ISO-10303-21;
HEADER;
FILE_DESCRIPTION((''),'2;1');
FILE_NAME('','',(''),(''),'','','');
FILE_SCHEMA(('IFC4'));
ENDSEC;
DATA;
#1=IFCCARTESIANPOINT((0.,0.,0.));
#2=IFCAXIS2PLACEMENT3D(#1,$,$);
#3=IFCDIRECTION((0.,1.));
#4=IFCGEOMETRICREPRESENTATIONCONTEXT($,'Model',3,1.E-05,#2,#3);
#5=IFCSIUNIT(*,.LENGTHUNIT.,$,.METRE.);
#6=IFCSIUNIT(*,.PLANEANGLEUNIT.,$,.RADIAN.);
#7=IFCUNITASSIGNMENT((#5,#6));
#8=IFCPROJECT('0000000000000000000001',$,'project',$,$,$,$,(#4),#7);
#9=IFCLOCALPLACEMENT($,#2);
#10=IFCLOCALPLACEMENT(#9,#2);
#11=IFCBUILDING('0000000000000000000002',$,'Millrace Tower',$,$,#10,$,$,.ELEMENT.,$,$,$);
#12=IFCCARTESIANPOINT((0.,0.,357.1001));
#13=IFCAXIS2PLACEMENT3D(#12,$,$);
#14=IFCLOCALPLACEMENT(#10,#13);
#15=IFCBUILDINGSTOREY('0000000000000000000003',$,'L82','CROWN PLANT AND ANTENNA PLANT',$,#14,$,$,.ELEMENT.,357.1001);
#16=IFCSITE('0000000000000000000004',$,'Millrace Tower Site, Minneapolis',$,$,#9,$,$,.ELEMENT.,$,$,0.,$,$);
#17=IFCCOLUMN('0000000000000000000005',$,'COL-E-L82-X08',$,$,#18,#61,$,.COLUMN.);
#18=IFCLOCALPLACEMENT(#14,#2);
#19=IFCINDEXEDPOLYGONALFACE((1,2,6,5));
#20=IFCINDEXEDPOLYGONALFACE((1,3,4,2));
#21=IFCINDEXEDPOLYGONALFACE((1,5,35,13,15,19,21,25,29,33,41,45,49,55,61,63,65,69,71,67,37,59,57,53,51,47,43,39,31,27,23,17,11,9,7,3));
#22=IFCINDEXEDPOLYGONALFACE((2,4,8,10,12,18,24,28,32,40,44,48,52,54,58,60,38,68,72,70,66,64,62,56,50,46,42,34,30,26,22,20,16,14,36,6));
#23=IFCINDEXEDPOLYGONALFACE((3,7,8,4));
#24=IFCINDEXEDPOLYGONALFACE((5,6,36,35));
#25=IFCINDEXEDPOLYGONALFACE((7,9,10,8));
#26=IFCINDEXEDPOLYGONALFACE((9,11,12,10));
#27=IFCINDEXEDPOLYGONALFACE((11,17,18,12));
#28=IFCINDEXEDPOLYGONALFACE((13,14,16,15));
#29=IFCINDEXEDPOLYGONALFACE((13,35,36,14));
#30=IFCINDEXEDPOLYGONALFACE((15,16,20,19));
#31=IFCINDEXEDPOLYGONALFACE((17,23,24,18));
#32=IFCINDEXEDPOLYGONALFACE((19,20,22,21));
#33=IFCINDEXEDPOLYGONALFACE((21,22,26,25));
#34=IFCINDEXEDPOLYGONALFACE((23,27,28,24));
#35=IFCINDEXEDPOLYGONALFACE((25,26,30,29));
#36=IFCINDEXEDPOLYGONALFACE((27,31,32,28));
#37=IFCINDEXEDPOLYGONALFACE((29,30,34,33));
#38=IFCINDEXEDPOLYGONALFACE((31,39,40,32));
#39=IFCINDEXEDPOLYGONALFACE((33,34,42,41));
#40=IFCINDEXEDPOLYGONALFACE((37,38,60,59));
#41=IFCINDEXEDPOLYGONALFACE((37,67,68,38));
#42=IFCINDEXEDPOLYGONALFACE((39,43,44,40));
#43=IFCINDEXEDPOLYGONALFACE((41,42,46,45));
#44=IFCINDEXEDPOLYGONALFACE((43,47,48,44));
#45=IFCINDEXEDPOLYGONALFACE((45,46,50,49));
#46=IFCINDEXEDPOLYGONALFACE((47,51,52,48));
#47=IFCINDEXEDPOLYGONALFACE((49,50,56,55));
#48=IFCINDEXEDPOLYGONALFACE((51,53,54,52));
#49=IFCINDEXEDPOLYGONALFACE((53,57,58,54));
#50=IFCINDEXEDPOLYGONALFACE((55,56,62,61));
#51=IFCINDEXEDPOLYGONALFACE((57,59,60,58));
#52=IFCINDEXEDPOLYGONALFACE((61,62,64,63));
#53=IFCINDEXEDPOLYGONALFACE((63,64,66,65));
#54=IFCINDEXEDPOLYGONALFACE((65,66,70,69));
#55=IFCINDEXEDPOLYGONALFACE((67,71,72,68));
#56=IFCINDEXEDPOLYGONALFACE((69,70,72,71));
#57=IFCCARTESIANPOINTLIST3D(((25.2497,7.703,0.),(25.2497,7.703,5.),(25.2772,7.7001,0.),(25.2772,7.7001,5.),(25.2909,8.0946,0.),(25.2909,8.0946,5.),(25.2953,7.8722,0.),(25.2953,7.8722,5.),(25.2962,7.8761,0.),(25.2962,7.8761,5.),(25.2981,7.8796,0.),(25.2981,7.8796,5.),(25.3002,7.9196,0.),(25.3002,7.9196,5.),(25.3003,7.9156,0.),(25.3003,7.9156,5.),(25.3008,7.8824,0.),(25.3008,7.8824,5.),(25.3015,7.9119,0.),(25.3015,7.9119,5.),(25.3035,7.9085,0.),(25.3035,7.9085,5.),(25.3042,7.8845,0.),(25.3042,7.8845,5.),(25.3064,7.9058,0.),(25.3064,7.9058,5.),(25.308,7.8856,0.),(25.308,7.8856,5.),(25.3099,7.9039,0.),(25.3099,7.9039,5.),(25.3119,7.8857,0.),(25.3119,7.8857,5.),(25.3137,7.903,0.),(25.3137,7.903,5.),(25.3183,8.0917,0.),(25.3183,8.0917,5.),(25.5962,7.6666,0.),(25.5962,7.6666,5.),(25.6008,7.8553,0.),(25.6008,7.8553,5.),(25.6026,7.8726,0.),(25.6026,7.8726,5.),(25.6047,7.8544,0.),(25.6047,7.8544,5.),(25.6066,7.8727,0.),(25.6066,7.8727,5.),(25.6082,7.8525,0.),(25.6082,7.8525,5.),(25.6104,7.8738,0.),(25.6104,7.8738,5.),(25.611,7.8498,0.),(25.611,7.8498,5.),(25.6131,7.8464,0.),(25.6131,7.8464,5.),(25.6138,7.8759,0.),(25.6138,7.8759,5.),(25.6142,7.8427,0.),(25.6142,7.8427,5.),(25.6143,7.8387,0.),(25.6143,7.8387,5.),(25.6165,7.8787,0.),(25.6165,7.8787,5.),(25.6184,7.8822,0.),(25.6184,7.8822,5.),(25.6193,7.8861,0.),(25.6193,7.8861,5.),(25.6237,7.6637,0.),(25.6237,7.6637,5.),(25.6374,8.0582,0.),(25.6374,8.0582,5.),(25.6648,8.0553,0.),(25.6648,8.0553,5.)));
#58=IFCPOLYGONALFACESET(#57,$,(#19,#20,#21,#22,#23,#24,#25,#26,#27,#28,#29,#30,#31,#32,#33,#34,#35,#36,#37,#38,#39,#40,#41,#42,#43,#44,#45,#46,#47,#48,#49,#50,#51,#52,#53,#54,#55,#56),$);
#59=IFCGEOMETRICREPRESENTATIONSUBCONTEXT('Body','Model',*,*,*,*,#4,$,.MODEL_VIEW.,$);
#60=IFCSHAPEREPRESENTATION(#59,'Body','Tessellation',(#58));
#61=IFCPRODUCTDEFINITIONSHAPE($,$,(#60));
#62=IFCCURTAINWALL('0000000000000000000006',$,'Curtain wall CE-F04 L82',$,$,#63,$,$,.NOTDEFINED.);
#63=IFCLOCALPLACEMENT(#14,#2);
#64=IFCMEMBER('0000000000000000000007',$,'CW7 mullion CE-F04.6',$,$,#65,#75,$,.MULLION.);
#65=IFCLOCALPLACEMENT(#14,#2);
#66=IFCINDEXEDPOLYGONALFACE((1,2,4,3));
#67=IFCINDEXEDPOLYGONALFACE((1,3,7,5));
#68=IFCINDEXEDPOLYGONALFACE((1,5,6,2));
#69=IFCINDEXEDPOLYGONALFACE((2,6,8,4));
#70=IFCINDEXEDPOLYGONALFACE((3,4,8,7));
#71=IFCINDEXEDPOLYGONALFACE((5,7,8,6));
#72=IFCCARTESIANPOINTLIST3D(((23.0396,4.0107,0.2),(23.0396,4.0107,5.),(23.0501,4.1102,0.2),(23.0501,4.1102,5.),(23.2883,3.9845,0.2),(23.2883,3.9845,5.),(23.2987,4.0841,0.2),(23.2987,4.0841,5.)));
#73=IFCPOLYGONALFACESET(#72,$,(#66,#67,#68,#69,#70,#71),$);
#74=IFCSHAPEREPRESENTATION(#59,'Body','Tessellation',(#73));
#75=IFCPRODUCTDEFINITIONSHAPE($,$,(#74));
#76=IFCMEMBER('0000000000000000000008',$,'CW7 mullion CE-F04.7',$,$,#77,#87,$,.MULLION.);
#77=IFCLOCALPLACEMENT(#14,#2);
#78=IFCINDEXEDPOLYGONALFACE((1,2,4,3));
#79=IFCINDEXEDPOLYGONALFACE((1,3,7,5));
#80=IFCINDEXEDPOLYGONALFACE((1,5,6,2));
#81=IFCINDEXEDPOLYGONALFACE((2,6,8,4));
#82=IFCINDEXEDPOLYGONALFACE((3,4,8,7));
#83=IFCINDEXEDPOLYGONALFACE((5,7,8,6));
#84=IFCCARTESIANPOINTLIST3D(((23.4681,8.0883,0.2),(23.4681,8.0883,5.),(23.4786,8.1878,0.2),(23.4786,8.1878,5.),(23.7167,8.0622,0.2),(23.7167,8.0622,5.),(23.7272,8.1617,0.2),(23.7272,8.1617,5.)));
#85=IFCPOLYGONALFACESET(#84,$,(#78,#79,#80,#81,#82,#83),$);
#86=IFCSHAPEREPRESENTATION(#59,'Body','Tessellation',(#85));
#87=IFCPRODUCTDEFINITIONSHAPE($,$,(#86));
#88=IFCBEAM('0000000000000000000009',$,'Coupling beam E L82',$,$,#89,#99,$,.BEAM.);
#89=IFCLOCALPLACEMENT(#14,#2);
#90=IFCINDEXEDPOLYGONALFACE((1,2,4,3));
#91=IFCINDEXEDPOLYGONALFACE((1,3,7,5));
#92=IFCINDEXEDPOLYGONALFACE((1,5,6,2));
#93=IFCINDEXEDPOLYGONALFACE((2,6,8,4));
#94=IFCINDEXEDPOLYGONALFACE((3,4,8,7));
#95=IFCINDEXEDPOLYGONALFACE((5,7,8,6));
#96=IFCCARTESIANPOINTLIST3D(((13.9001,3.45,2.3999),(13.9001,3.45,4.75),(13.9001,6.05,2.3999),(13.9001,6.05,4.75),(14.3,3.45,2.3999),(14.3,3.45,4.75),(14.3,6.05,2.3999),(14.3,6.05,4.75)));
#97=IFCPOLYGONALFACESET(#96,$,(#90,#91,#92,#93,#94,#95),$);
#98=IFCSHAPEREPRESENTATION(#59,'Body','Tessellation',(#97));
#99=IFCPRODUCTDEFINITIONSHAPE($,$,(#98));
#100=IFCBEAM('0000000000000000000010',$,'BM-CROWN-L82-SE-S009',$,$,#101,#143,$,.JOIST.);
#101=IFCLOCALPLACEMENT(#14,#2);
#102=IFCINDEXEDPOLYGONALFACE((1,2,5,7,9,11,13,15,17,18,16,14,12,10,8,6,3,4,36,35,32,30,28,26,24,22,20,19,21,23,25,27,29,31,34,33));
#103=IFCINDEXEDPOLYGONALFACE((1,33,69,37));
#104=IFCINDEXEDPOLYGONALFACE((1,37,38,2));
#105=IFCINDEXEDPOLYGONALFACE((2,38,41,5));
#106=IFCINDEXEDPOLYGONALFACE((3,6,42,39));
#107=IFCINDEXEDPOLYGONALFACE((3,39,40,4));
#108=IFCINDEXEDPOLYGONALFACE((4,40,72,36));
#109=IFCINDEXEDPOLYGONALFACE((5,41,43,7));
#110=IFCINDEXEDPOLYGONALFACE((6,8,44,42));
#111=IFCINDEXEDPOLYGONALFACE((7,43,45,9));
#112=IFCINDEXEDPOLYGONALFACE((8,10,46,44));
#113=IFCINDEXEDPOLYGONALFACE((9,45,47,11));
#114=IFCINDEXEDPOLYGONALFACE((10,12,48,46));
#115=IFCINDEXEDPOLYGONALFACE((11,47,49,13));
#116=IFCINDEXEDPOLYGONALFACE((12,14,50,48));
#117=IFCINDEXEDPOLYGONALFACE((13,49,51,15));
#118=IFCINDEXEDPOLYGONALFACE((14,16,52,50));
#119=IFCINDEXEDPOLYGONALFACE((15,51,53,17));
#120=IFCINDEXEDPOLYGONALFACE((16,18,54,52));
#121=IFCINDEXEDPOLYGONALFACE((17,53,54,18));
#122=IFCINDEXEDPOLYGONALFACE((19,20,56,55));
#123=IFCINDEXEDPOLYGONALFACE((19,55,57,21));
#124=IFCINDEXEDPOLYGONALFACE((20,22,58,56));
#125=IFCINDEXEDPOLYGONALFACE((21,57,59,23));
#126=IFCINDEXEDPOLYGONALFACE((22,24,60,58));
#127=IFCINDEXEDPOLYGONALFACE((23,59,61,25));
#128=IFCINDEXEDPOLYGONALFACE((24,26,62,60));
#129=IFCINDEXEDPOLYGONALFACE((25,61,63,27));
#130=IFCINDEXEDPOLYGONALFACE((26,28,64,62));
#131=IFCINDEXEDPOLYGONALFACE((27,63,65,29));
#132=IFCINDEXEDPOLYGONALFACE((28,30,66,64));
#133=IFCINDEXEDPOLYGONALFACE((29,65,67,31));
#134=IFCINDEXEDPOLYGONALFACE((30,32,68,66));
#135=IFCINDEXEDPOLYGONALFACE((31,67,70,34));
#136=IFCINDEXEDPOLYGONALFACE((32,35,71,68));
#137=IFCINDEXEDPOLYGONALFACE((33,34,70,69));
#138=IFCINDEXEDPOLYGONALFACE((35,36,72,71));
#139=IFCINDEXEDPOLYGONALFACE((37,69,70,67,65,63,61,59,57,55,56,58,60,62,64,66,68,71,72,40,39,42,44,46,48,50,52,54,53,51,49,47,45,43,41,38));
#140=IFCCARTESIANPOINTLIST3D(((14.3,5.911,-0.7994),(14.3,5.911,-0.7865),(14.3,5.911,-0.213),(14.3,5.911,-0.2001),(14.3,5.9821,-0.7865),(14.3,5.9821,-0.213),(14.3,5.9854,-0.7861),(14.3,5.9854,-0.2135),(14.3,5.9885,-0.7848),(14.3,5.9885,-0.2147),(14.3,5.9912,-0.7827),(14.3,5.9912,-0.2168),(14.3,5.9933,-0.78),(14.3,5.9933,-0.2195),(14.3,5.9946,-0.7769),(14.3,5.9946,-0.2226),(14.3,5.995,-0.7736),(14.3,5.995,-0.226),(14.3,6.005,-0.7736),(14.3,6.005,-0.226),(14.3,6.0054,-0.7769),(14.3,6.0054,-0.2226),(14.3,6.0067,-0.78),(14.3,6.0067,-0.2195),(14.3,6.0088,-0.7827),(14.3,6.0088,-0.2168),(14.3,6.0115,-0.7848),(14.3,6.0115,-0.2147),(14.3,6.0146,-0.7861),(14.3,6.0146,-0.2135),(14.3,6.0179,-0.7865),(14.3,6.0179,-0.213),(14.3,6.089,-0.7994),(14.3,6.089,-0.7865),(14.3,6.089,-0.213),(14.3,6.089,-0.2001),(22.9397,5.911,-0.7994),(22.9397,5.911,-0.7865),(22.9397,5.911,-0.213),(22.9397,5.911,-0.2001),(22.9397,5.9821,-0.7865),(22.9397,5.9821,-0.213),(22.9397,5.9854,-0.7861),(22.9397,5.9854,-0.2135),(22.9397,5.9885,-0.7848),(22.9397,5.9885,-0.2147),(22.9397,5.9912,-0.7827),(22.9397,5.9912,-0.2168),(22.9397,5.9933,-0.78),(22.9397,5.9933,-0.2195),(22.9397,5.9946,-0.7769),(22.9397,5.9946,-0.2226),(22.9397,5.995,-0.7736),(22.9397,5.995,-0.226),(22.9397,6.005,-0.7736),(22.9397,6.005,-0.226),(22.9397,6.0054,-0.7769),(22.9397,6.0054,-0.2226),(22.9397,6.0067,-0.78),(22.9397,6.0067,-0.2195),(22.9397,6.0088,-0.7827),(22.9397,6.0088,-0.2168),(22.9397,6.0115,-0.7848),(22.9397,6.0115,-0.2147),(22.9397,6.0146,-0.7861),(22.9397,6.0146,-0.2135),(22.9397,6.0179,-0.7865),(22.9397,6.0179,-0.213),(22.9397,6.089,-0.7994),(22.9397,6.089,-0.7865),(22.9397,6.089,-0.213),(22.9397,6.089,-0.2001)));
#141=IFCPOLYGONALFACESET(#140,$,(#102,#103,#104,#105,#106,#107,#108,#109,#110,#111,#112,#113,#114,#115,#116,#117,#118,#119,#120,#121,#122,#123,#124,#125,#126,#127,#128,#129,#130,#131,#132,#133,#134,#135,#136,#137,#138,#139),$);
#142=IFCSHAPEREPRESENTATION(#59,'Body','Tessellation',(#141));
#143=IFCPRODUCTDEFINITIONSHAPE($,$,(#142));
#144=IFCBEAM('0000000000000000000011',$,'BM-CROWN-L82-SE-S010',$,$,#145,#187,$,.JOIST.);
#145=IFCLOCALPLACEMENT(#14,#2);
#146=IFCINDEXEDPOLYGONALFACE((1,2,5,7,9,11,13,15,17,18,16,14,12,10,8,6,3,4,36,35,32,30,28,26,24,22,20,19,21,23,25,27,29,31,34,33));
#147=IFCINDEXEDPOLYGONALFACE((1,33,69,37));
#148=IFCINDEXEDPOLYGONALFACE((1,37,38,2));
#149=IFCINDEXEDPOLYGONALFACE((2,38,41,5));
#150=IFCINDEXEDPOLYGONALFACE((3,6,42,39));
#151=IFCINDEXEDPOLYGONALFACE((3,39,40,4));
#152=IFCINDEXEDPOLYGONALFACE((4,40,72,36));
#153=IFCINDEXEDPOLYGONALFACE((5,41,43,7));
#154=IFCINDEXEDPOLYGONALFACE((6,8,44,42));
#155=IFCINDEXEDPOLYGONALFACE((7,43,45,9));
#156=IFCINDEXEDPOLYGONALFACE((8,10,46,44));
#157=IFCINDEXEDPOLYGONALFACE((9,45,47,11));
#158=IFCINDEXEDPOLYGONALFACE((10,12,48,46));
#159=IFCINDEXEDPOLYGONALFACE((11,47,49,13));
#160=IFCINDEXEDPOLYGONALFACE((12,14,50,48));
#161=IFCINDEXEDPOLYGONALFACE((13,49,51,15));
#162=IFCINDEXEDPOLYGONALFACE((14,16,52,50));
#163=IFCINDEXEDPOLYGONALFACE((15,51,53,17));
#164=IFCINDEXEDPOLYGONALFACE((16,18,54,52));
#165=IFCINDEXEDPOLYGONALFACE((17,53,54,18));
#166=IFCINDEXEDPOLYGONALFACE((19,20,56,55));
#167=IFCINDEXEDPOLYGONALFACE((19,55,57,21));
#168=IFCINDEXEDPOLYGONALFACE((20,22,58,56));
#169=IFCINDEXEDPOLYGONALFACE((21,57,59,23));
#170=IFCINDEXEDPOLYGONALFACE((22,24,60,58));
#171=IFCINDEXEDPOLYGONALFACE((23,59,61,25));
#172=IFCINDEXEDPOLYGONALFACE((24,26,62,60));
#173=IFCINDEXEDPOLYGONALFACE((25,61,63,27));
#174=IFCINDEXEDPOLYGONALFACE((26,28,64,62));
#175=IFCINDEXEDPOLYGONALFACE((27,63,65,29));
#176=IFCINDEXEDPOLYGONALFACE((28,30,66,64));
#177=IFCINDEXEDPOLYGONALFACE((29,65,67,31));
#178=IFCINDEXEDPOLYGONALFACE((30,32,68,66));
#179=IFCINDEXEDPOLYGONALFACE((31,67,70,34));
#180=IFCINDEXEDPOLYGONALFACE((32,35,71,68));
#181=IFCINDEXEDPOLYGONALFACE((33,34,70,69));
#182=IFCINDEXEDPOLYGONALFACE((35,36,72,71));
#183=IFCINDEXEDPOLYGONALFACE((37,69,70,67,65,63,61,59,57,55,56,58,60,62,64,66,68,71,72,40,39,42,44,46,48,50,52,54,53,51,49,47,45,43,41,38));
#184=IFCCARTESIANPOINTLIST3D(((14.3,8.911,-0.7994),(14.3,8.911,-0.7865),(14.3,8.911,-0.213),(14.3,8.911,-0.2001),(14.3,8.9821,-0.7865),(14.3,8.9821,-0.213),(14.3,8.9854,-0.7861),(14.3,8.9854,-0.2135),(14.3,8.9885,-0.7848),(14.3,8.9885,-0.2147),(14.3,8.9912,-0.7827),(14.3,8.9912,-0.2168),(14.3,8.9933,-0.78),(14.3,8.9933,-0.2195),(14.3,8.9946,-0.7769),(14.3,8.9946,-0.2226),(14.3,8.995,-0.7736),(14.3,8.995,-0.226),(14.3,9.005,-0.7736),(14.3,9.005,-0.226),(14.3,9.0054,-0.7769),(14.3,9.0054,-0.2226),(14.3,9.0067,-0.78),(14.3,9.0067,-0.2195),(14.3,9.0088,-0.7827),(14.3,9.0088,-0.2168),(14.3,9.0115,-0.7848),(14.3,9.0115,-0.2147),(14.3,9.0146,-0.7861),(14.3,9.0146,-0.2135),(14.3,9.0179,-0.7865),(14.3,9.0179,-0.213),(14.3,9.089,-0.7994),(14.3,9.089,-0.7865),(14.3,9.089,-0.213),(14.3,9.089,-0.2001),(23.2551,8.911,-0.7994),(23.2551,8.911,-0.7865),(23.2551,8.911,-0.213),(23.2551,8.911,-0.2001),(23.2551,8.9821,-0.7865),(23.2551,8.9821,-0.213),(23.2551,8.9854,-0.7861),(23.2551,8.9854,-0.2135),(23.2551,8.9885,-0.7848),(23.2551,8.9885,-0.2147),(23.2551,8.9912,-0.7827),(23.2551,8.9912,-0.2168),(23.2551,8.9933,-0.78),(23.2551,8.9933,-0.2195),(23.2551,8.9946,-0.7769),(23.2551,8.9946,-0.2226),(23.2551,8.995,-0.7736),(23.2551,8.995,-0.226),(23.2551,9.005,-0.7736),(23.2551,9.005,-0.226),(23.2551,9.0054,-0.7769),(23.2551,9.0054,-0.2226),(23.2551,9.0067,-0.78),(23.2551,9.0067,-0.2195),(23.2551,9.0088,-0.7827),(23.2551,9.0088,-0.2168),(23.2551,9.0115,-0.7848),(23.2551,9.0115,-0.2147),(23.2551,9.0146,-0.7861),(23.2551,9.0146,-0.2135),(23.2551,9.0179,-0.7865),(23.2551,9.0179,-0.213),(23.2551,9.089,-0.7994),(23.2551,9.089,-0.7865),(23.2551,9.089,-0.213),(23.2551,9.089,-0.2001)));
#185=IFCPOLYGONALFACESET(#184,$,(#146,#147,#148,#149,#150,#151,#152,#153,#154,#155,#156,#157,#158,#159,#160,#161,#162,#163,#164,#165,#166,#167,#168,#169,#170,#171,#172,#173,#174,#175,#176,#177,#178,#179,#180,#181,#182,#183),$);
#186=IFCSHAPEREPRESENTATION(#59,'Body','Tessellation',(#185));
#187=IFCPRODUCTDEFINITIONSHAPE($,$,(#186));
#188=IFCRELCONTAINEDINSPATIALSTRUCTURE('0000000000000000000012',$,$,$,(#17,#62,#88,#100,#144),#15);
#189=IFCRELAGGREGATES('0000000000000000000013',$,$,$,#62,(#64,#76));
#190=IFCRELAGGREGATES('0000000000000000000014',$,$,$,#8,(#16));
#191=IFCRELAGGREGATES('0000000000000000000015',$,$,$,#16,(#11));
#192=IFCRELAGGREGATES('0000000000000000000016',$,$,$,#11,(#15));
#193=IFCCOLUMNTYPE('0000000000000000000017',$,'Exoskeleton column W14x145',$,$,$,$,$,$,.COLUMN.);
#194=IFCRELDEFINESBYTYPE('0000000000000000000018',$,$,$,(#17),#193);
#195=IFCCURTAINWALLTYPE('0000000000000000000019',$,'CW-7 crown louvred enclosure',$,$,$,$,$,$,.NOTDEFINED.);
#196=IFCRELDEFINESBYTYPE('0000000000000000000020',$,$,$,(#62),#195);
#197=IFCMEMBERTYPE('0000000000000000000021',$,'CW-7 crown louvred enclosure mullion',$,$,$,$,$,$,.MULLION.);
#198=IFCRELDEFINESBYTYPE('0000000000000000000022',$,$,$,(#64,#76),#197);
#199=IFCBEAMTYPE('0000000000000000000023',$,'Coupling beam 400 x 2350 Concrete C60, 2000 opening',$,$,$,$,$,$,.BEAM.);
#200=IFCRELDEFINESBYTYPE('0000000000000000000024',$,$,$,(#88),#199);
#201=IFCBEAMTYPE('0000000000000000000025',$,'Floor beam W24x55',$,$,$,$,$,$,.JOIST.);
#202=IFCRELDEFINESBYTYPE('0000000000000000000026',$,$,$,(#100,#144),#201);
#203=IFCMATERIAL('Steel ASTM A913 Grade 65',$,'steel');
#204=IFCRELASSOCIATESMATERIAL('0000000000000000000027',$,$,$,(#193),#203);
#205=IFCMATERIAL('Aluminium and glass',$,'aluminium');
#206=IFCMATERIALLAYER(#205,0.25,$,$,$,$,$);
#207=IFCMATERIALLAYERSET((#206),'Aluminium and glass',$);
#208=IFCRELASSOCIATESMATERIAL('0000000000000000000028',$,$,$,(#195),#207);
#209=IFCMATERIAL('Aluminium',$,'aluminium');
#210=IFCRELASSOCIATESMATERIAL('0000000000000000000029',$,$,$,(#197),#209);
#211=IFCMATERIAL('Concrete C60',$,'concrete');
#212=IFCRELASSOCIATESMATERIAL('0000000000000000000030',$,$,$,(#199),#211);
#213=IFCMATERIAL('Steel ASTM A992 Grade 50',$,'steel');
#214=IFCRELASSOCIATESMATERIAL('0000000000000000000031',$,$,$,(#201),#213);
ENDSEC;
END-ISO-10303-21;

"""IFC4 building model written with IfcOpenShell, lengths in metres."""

from ifc_helpers import new_model, si_unit, direction, frame, origin, origin_2d, place, context, subcontext, project, spatial, rectangle, i_section, extrude, material, layer, layer_set, material_profile, profile_set, type_object, element, aggregate, save


model = new_model("IFC4")

# Units and contexts
model_context = context("Model", 3, precision=1e-05, world=origin(), true_north=direction((0.0, 1.0)))
body_context = subcontext(model_context, "Body", "Model", "MODEL_VIEW")
ifc_project = project(units=[si_unit("LENGTHUNIT", "METRE"), si_unit("PLANEANGLEUNIT", "RADIAN")], contexts=[model_context])

# Site, building, storey
site_placement = place(None, origin())
site = spatial("IfcSite", under=ifc_project, at=site_placement, Name="Millrace Tower Site, Minneapolis", CompositionType="ELEMENT", RefElevation=0.0)
building_placement = place(site_placement, origin())
building = spatial("IfcBuilding", under=site, at=building_placement, Name="Millrace Tower", CompositionType="ELEMENT")
storey_placement = place(building_placement, frame((0.0, 0.0, 357.1001)))
storey = spatial("IfcBuildingStorey", under=building, at=storey_placement, Name="L82", Description="CROWN PLANT AND ANTENNA PLANT", CompositionType="ELEMENT", Elevation=357.1001)

# Column
ifc_material_1 = material(Name="Steel ASTM A913 Grade 65", Category="steel")
ifc_material_profile_1 = material_profile(ifc_material_1, i_section(OverallWidth=0.3938, OverallDepth=0.376, WebThickness=0.0173, FlangeThickness=0.0276, FilletRadius=0.0151, at=origin_2d()))
ifc_profile_set_1 = profile_set([ifc_material_profile_1], Name="Steel ASTM A913 Grade 65")
column_type = type_object("IfcColumnType", Name="Exoskeleton column W14x145", PredefinedType="COLUMN", material=ifc_profile_set_1)
column_placement = place(storey_placement, frame((25.4573, 7.8792, 0.0), z_axis=(0.0, 0.0, 1.0), x_axis=(0.104528, 0.994522, 0.0)))
element("IfcColumn", 1, at=column_placement, inside=storey, type_object=column_type, Name="COL-E-L82-X08", PredefinedType="COLUMN", context=body_context, shape_type="SweptSolid", body=[
    extrude(i_section(OverallWidth=0.3938, OverallDepth=0.376, WebThickness=0.0173, FlangeThickness=0.0276, FilletRadius=0.0151, at=origin_2d()), origin(), (0.0, 0.0, 1.0), 5.0),
])

# Curtain wall, members
ifc_material_2 = material(Name="Aluminium and glass", Category="aluminium")
ifc_layer_1 = layer(ifc_material_2, 0.25)
ifc_layer_set_1 = layer_set([ifc_layer_1], Name="Aluminium and glass")
curtain_wall_type = type_object("IfcCurtainWallType", Name="CW-7 crown louvred enclosure", PredefinedType="NOTDEFINED", material=ifc_layer_set_1)
curtain_wall_placement = place(storey_placement, origin())
curtain_wall = element("IfcCurtainWall", 2, at=curtain_wall_placement, inside=storey, type_object=curtain_wall_type, Name="Curtain wall CE-F04 L82", PredefinedType="NOTDEFINED")
ifc_material_3 = material(Name="Aluminium", Category="aluminium")
ifc_material_profile_2 = material_profile(ifc_material_3, rectangle(XDim=0.1001, YDim=0.25, at=origin_2d()))
ifc_profile_set_2 = profile_set([ifc_material_profile_2], Name="Aluminium")
member_type = type_object("IfcMemberType", Name="CW-7 crown louvred enclosure mullion", PredefinedType="MULLION", material=ifc_profile_set_2)
member_1_placement = place(storey_placement, frame((23.1692, 4.0474, 0.2), z_axis=(0.0, 0.0, 1.0), x_axis=(0.104528, 0.994522, 0.0)))
member_1 = element("IfcMember", 3, at=member_1_placement, type_object=member_type, Name="CW7 mullion CE-F04.6", PredefinedType="MULLION", context=body_context, shape_type="SweptSolid", body=[
    extrude(rectangle(XDim=0.1001, YDim=0.25, at=origin_2d()), origin(), (0.0, 0.0, 1.0), 4.8),
])
member_2_placement = place(storey_placement, frame((23.5977, 8.125, 0.2), z_axis=(0.0, 0.0, 1.0), x_axis=(0.104528, 0.994522, 0.0)))
member_2 = element("IfcMember", 4, at=member_2_placement, type_object=member_type, Name="CW7 mullion CE-F04.7", PredefinedType="MULLION", context=body_context, shape_type="SweptSolid", body=[
    extrude(rectangle(XDim=0.1001, YDim=0.25, at=origin_2d()), origin(), (0.0, 0.0, 1.0), 4.8),
])
aggregate(curtain_wall, [member_1, member_2])

# Beams
ifc_material_4 = material(Name="Concrete C60", Category="concrete")
ifc_material_profile_3 = material_profile(ifc_material_4, rectangle(XDim=0.3999, YDim=2.3501, at=origin_2d()))
ifc_profile_set_3 = profile_set([ifc_material_profile_3], Name="Concrete C60")
beam_type_1 = type_object("IfcBeamType", Name="Coupling beam 400 x 2350 Concrete C60, 2000 opening", PredefinedType="BEAM", material=ifc_profile_set_3)
beam_1_placement = place(storey_placement, frame((14.1001, 6.05, 3.575), z_axis=(0.0, -1.0, 0.0), x_axis=(1.0, 0.0, 0.0)))
element("IfcBeam", 5, at=beam_1_placement, inside=storey, type_object=beam_type_1, Name="Coupling beam E L82", PredefinedType="BEAM", context=body_context, shape_type="SweptSolid", body=[
    extrude(rectangle(XDim=0.3999, YDim=2.3501, at=origin_2d()), origin(), (0.0, 0.0, 1.0), 2.6001),
])
ifc_material_5 = material(Name="Steel ASTM A992 Grade 50", Category="steel")
ifc_material_profile_4 = material_profile(ifc_material_5, i_section(OverallWidth=0.178, OverallDepth=0.5994, WebThickness=0.01, FlangeThickness=0.0129, FilletRadius=0.0129, at=origin_2d()))
ifc_profile_set_4 = profile_set([ifc_material_profile_4], Name="Steel ASTM A992 Grade 50")
beam_type_2 = type_object("IfcBeamType", Name="Floor beam W24x55", PredefinedType="JOIST", material=ifc_profile_set_4)
beam_2_placement = place(storey_placement, frame((14.3, 6.0, -0.4998), z_axis=(1.0, 0.0, 0.0), x_axis=(0.0, 1.0, 0.0)))
element("IfcBeam", 6, at=beam_2_placement, inside=storey, type_object=beam_type_2, Name="BM-CROWN-L82-SE-S009", PredefinedType="JOIST", context=body_context, shape_type="SweptSolid", body=[
    extrude(i_section(OverallWidth=0.178, OverallDepth=0.5994, WebThickness=0.01, FlangeThickness=0.0129, FilletRadius=0.0129, at=origin_2d()), origin(), (0.0, 0.0, 1.0), 8.6396),
])
beam_3_placement = place(storey_placement, frame((14.3, 9.0, -0.4998), z_axis=(1.0, 0.0, 0.0), x_axis=(0.0, 1.0, 0.0)))
element("IfcBeam", 7, at=beam_3_placement, inside=storey, type_object=beam_type_2, Name="BM-CROWN-L82-SE-S010", PredefinedType="JOIST", context=body_context, shape_type="SweptSolid", body=[
    extrude(i_section(OverallWidth=0.178, OverallDepth=0.5994, WebThickness=0.01, FlangeThickness=0.0129, FilletRadius=0.0129, at=origin_2d()), origin(), (0.0, 0.0, 1.0), 8.9551),
])

save(model, "model.ifc")
